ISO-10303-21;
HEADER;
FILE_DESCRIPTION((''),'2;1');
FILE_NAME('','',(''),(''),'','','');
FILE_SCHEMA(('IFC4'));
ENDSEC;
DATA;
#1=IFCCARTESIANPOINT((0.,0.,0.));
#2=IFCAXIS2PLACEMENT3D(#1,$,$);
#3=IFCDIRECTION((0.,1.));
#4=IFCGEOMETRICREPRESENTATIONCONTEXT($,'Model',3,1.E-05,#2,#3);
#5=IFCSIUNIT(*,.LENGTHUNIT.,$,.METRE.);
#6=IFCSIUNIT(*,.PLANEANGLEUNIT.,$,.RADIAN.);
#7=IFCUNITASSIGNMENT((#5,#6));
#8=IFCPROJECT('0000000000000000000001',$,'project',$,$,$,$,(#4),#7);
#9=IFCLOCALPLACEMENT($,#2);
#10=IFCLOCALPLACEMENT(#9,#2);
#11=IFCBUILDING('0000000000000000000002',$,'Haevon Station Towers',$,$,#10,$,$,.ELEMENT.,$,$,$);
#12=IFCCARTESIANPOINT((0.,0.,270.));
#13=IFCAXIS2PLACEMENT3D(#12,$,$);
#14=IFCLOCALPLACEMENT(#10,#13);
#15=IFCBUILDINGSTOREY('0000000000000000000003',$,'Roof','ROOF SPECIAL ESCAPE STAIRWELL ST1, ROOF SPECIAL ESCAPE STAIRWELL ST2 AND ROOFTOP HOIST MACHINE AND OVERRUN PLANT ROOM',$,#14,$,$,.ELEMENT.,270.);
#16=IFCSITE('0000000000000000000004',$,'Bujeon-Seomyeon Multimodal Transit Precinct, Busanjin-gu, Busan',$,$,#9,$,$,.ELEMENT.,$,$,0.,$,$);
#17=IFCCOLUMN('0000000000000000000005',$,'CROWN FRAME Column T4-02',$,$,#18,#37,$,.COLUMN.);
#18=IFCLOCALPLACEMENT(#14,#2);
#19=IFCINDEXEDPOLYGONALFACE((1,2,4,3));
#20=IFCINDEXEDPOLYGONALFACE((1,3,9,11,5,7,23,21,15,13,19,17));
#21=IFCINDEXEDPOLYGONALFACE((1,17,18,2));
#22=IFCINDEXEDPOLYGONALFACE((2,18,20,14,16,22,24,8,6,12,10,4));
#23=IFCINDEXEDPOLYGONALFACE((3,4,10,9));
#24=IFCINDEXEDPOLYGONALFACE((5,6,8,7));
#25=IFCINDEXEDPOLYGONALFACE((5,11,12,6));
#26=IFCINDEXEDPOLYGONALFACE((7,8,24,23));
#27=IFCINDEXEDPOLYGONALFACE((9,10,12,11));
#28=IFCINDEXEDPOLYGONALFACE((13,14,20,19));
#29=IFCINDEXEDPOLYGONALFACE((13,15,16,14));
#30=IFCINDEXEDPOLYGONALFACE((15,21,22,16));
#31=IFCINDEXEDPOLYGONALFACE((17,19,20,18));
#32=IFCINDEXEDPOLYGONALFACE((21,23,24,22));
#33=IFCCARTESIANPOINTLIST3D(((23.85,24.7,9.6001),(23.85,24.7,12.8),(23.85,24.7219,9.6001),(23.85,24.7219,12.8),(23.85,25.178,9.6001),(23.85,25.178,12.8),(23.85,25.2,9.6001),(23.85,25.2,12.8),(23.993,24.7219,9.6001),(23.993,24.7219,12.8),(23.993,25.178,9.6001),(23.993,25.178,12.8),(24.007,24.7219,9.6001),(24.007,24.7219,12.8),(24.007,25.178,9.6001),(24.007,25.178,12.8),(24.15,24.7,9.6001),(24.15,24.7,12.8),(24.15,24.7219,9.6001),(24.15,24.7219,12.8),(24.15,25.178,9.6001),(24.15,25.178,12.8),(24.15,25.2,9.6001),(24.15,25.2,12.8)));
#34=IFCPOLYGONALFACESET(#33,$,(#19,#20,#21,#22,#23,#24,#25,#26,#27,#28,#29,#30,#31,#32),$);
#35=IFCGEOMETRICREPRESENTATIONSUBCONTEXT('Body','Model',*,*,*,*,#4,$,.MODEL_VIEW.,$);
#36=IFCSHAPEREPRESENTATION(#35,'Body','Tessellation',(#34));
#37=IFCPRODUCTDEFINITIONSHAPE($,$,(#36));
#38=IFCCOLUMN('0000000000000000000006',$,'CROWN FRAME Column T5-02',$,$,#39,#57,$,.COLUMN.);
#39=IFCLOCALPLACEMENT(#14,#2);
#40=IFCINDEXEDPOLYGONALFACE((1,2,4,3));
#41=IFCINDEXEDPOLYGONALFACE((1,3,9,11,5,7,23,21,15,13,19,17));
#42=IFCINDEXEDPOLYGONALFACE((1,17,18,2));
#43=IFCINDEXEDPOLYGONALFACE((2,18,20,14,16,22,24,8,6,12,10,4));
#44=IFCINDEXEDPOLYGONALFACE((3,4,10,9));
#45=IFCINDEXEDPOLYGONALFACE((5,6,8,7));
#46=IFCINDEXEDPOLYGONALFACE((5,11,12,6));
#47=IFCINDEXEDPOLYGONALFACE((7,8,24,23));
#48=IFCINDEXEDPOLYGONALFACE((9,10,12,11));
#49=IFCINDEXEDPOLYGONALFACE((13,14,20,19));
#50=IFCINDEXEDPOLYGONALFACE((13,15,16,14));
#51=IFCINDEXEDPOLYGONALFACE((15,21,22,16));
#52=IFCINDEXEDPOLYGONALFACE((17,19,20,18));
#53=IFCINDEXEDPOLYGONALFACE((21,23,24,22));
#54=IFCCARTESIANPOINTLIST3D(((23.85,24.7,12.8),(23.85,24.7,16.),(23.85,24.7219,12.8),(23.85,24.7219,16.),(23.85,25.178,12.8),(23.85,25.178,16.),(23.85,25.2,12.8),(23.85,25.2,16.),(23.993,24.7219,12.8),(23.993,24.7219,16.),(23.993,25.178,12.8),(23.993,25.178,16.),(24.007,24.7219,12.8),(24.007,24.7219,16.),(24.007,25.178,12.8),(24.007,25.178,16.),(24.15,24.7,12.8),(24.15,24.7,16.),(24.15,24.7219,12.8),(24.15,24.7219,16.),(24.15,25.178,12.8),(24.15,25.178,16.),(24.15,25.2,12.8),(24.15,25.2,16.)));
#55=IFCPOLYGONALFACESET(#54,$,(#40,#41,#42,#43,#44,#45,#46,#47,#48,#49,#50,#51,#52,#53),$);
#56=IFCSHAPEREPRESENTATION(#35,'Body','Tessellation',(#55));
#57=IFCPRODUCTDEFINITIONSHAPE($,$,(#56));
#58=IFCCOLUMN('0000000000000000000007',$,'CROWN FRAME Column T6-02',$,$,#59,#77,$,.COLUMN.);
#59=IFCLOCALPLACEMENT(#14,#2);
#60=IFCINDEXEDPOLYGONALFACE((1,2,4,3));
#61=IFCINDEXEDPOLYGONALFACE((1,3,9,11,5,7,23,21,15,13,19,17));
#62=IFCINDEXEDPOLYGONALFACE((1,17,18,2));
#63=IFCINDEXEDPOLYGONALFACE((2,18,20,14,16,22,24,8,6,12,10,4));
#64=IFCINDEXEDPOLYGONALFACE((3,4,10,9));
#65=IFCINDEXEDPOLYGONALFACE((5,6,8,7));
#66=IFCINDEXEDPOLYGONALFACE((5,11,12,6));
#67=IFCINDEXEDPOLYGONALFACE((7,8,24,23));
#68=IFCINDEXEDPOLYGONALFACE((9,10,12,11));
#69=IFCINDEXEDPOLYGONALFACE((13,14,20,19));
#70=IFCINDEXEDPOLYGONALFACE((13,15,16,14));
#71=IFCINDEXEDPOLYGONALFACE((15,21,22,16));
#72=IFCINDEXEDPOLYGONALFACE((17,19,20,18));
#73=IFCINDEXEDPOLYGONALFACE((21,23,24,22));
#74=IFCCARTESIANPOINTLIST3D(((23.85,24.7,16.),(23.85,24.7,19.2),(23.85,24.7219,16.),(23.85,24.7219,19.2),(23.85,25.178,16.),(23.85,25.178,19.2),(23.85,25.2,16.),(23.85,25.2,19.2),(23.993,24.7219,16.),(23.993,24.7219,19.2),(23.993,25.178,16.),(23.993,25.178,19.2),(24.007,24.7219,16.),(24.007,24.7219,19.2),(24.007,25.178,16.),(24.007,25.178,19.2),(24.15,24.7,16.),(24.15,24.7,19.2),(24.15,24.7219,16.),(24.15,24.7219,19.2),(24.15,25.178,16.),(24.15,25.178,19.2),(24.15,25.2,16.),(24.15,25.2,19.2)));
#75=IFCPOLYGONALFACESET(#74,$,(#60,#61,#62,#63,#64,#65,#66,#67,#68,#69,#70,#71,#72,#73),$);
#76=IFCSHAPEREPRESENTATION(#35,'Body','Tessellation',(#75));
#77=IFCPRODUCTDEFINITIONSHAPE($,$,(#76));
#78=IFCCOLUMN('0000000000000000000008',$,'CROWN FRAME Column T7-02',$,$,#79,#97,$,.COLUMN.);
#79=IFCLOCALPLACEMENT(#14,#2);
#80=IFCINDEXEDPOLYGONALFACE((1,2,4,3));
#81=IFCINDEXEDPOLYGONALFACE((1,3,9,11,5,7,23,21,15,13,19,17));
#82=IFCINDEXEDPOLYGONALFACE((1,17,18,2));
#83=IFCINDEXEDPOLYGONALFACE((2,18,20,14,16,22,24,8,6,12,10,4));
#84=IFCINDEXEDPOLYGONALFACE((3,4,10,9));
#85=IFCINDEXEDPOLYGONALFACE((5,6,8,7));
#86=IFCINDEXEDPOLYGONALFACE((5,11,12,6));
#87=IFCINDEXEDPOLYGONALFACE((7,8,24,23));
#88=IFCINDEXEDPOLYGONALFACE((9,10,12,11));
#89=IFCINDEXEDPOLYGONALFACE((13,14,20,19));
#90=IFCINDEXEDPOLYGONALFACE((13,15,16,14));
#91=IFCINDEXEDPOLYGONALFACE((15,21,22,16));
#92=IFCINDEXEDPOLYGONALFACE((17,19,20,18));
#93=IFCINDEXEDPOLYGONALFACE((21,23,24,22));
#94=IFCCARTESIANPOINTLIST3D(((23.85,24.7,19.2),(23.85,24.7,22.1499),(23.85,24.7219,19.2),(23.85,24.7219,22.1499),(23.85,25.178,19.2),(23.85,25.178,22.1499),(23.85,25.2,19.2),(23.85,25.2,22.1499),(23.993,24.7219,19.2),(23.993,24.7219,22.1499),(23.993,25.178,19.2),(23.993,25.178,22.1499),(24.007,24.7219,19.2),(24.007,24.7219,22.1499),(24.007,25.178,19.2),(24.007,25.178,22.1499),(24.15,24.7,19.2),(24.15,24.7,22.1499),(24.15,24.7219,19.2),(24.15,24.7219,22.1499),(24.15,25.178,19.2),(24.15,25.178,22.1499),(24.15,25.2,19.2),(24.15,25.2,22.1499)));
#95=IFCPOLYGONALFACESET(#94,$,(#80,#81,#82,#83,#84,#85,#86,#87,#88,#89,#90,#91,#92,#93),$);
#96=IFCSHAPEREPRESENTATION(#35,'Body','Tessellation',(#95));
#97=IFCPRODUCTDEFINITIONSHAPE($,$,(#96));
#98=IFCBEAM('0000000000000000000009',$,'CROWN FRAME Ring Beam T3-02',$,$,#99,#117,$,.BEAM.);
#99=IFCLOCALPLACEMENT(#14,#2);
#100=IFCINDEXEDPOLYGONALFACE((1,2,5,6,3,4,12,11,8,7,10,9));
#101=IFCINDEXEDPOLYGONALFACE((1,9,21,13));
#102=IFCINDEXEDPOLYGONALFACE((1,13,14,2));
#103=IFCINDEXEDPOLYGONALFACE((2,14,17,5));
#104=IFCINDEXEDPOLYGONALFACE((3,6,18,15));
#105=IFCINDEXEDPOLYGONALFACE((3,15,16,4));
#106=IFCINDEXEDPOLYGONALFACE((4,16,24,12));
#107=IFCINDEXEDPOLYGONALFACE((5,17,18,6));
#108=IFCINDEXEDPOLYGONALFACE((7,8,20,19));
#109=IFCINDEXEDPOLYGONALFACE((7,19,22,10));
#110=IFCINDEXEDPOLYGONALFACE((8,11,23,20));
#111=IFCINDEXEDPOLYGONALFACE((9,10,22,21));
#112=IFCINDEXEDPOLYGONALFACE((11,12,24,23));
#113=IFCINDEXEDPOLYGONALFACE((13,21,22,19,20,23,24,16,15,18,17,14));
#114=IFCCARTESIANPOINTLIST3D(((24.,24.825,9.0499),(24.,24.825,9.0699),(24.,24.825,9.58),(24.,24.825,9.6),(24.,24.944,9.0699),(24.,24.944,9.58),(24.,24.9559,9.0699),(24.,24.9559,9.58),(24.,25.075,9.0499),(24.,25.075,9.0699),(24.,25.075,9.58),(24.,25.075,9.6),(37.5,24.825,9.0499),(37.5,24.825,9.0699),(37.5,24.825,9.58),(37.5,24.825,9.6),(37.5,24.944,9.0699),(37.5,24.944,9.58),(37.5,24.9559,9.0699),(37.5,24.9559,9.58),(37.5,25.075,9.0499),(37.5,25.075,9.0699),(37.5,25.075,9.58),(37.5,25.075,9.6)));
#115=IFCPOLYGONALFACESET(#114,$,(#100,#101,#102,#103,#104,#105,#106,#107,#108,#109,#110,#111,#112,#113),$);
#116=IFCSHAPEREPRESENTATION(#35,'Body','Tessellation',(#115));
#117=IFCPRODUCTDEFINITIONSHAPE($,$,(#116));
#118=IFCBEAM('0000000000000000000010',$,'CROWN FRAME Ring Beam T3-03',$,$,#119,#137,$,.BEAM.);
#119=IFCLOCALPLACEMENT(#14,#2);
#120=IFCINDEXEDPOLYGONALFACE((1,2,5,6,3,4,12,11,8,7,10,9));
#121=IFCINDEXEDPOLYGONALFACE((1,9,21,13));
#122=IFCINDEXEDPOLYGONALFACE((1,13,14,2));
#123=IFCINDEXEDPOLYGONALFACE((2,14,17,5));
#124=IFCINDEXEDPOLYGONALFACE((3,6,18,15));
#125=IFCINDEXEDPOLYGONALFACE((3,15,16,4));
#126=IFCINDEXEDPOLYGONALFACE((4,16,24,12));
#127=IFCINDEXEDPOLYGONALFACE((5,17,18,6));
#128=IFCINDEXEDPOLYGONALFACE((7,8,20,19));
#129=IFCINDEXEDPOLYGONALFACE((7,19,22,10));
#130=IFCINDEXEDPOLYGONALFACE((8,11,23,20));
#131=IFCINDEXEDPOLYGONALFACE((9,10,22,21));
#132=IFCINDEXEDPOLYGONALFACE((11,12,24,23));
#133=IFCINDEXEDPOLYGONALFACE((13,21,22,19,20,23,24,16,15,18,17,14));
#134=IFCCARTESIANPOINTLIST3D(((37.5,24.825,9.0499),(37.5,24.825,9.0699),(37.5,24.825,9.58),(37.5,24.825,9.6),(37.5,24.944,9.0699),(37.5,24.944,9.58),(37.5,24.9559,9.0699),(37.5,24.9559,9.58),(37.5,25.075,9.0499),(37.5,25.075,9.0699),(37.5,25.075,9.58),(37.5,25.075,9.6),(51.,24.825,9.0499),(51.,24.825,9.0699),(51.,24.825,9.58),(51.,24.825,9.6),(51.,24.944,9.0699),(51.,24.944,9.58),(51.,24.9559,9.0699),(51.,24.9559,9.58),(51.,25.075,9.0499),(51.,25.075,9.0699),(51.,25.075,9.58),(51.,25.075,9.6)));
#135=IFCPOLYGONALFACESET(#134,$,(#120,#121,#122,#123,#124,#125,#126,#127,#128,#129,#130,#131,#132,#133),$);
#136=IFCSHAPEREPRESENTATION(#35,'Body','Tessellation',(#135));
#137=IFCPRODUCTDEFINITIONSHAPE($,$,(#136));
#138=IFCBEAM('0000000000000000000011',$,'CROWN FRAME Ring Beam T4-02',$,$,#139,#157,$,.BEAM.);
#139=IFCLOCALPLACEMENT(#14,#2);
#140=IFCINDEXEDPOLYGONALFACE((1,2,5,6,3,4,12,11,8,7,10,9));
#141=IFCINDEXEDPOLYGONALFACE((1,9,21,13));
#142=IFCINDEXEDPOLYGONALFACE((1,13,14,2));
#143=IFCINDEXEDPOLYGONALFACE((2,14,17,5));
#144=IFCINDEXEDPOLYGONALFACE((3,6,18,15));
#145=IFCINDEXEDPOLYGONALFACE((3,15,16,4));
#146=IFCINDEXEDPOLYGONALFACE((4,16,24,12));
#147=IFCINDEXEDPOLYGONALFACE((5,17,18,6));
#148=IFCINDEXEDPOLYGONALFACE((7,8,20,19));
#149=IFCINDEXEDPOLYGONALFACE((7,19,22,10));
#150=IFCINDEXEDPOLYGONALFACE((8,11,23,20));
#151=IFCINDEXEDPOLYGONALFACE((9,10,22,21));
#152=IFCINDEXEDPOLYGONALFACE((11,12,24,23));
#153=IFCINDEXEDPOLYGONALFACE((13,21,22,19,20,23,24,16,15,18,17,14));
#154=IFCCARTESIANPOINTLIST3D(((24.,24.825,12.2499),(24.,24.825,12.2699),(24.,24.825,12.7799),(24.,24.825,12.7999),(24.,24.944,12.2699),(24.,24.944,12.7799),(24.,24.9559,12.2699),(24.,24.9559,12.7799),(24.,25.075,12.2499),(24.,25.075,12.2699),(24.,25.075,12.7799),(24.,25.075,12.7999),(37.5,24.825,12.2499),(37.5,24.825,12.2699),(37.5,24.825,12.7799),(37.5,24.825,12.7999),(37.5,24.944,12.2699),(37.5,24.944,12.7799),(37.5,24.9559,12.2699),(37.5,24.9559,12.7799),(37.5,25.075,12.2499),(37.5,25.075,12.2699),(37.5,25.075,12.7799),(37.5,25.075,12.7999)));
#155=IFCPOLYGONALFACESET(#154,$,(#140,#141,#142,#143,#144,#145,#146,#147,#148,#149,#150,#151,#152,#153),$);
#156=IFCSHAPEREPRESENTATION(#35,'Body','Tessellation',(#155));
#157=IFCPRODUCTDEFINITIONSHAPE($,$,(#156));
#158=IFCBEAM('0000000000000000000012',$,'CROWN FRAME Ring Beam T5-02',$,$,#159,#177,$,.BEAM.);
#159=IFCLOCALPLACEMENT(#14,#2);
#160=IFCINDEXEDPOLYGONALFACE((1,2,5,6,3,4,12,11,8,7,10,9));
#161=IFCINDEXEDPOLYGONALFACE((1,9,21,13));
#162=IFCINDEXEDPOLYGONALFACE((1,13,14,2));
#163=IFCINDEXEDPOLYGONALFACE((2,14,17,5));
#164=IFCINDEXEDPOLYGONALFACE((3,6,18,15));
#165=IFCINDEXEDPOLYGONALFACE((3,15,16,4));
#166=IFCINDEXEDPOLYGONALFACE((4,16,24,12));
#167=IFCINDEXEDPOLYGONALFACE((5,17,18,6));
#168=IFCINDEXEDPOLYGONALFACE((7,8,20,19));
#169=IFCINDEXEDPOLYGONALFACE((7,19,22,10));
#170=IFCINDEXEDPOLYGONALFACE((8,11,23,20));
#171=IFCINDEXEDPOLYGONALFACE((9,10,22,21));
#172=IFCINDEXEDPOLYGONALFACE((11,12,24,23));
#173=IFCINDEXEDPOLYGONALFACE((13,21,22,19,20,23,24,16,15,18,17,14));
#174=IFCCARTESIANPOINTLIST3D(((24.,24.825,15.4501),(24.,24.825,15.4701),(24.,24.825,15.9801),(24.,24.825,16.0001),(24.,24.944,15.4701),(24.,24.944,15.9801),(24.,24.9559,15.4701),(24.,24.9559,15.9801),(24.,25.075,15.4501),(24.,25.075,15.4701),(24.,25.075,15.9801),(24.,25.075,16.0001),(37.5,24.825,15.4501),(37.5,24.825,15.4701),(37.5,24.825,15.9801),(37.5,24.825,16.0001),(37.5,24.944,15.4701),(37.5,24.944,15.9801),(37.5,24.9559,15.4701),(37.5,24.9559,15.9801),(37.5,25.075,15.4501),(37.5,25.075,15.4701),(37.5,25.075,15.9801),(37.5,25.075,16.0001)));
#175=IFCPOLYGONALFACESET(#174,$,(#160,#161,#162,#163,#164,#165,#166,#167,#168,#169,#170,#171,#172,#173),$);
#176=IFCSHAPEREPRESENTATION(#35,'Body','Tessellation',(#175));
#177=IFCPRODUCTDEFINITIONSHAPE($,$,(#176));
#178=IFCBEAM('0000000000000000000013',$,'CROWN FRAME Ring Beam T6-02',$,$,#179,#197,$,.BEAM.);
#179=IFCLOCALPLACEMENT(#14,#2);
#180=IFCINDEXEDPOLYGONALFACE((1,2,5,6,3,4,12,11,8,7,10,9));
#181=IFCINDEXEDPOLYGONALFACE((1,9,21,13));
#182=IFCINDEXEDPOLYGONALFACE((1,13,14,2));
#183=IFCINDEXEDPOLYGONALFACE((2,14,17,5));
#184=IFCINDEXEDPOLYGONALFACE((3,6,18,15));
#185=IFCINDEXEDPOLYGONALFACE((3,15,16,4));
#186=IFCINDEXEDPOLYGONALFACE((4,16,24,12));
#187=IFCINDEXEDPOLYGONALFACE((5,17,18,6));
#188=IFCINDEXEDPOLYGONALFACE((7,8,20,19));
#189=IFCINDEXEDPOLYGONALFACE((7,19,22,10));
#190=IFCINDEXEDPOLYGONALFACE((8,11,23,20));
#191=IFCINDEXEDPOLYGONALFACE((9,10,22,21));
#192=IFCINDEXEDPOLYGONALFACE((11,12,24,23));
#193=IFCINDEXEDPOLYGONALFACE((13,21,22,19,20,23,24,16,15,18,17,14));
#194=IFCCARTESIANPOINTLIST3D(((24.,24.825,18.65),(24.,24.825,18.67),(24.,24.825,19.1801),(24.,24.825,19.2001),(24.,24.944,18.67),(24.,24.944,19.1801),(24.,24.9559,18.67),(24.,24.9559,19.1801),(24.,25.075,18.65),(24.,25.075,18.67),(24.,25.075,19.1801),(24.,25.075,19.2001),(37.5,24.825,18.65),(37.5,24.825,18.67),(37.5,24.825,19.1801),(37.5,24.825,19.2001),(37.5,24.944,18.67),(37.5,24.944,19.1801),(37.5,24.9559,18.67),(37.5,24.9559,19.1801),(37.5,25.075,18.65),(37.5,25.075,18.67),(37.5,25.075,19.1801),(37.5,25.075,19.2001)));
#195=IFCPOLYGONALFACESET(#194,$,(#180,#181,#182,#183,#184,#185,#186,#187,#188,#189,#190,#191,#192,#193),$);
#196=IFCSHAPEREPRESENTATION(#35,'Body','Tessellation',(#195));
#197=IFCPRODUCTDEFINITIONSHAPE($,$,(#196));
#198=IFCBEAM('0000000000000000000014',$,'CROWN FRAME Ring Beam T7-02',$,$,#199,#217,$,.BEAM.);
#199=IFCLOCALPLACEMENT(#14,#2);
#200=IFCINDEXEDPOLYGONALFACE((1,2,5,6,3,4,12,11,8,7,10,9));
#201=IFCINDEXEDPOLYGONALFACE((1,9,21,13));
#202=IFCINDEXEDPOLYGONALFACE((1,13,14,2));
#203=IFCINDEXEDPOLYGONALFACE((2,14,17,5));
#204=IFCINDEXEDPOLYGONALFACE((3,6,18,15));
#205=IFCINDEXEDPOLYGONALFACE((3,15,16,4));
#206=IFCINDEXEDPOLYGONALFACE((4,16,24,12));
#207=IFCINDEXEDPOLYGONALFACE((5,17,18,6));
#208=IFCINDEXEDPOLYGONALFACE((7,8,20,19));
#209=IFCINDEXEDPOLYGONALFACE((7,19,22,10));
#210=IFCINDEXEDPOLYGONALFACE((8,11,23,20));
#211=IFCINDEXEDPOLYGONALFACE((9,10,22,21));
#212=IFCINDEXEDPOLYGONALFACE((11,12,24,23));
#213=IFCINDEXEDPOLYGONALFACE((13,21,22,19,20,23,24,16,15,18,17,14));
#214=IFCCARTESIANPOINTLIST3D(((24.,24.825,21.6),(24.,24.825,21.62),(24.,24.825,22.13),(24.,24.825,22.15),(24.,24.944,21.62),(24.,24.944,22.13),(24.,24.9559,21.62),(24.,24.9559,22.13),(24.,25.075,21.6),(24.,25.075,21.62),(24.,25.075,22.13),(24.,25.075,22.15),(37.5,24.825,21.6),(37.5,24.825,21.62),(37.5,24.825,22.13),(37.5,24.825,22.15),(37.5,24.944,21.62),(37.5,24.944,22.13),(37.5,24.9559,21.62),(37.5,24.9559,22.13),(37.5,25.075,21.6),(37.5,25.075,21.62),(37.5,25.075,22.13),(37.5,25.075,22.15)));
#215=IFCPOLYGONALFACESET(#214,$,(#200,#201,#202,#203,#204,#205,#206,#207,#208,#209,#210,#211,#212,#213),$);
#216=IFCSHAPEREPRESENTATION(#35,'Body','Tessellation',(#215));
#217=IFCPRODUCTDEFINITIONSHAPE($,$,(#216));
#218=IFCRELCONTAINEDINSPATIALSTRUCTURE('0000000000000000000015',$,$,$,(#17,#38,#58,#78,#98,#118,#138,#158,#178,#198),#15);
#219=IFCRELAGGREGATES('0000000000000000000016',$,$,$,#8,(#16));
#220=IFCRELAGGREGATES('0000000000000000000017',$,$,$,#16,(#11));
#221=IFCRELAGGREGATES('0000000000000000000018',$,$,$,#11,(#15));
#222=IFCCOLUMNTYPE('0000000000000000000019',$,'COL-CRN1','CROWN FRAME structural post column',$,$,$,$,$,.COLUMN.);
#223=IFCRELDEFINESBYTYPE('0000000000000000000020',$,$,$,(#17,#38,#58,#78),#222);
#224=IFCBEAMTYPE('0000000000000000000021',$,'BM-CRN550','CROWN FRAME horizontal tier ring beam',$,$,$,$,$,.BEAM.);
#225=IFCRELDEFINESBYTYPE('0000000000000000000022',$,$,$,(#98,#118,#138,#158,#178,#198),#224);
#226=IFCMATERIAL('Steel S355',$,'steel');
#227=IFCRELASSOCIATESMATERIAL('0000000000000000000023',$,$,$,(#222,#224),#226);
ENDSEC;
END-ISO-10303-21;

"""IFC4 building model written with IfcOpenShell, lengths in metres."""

from ifc_helpers import new_model, si_unit, direction, frame, origin, origin_2d, place, context, subcontext, project, spatial, i_section, extrude, material, material_profile, profile_set, type_object, element, save


model = new_model("IFC4")

# Units and contexts
model_context = context("Model", 3, precision=1e-05, world=origin(), true_north=direction((0.0, 1.0)))
body_context = subcontext(model_context, "Body", "Model", "MODEL_VIEW")
ifc_project = project(units=[si_unit("LENGTHUNIT", "METRE"), si_unit("PLANEANGLEUNIT", "RADIAN")], contexts=[model_context])

# Site, building, storey
site_placement = place(None, origin())
site = spatial("IfcSite", under=ifc_project, at=site_placement, Name="Bujeon-Seomyeon Multimodal Transit Precinct, Busanjin-gu, Busan", CompositionType="ELEMENT", RefElevation=0.0)
building_placement = place(site_placement, origin())
building = spatial("IfcBuilding", under=site, at=building_placement, Name="Haevon Station Towers", CompositionType="ELEMENT")
storey_placement = place(building_placement, frame((0.0, 0.0, 270.0)))
storey = spatial("IfcBuildingStorey", under=building, at=storey_placement, Name="Roof", Description="ROOF SPECIAL ESCAPE STAIRWELL ST1, ROOF SPECIAL ESCAPE STAIRWELL ST2 AND ROOFTOP HOIST MACHINE AND OVERRUN PLANT ROOM", CompositionType="ELEMENT", Elevation=270.0)

# Columns
ifc_material_1 = material(Name="Steel S355", Category="steel")
ifc_material_profile_1 = material_profile(ifc_material_1, i_section(OverallWidth=0.3, OverallDepth=0.5, WebThickness=0.0139, FlangeThickness=0.022, at=origin_2d()), Name="H-500x300x14x22")
ifc_profile_set_1 = profile_set([ifc_material_profile_1], Name="Steel S355")
column_type = type_object("IfcColumnType", Name="COL-CRN1", Description="CROWN FRAME structural post column", PredefinedType="COLUMN", material=ifc_profile_set_1)
for number, where, z_axis, x_axis, name in (
    (1, (24.0, 24.95, 9.6001), (0.0, 0.0, 1.0), (1.0, 0.0, 0.0), "CROWN FRAME Column T4-02"),
    (2, (24.0, 24.95, 12.8), (0.0, 0.0, 1.0), (1.0, 0.0, 0.0), "CROWN FRAME Column T5-02"),
    (3, (24.0, 24.95, 16.0), (0.0, 0.0, 1.0), (1.0, 0.0, 0.0), "CROWN FRAME Column T6-02"),
):
    element("IfcColumn", number, at=place(storey_placement, frame(where, z_axis=z_axis, x_axis=x_axis)), inside=storey, type_object=column_type, Name=name, PredefinedType="COLUMN", context=body_context, shape_type="SweptSolid", body=[
        extrude(i_section(OverallWidth=0.3, OverallDepth=0.5, WebThickness=0.0139, FlangeThickness=0.022, at=origin_2d()), origin(), (0.0, 0.0, 1.0), 3.2),
    ])
column_placement = place(storey_placement, frame((24.0, 24.95, 19.2), z_axis=(0.0, 0.0, 1.0), x_axis=(1.0, 0.0, 0.0)))
element("IfcColumn", 4, at=column_placement, inside=storey, type_object=column_type, Name="CROWN FRAME Column T7-02", PredefinedType="COLUMN", context=body_context, shape_type="SweptSolid", body=[
    extrude(i_section(OverallWidth=0.3, OverallDepth=0.5, WebThickness=0.0139, FlangeThickness=0.022, at=origin_2d()), origin(), (0.0, 0.0, 1.0), 2.95),
])

# Beams
ifc_material_profile_2 = material_profile(ifc_material_1, i_section(OverallWidth=0.25, OverallDepth=0.55, WebThickness=0.012, FlangeThickness=0.02, at=origin_2d()), Name="H-550x250x12x20")
ifc_profile_set_2 = profile_set([ifc_material_profile_2], Name="Steel S355")
beam_type = type_object("IfcBeamType", Name="BM-CRN550", Description="CROWN FRAME horizontal tier ring beam", PredefinedType="BEAM", material=ifc_profile_set_2)
for number, where, z_axis, x_axis, name in (
    (5, (24.0, 24.95, 9.325), (1.0, 0.0, 0.0), (0.0, 1.0, 0.0), "CROWN FRAME Ring Beam T3-02"),
    (6, (37.5, 24.95, 9.325), (1.0, 0.0, 0.0), (0.0, 1.0, 0.0), "CROWN FRAME Ring Beam T3-03"),
    (7, (24.0, 24.95, 12.5249), (1.0, 0.0, 0.0), (0.0, 1.0, 0.0), "CROWN FRAME Ring Beam T4-02"),
    (8, (24.0, 24.95, 15.7251), (1.0, 0.0, 0.0), (0.0, 1.0, 0.0), "CROWN FRAME Ring Beam T5-02"),
    (9, (24.0, 24.95, 18.925), (1.0, 0.0, 0.0), (0.0, 1.0, 0.0), "CROWN FRAME Ring Beam T6-02"),
    (10, (24.0, 24.95, 21.875), (1.0, 0.0, 0.0), (0.0, 1.0, 0.0), "CROWN FRAME Ring Beam T7-02"),
):
    element("IfcBeam", number, at=place(storey_placement, frame(where, z_axis=z_axis, x_axis=x_axis)), inside=storey, type_object=beam_type, Name=name, PredefinedType="BEAM", context=body_context, shape_type="SweptSolid", body=[
        extrude(i_section(OverallWidth=0.25, OverallDepth=0.55, WebThickness=0.012, FlangeThickness=0.02, at=origin_2d()), origin(), (0.0, 0.0, 1.0), 13.5),
    ])

save(model, "model.ifc")
